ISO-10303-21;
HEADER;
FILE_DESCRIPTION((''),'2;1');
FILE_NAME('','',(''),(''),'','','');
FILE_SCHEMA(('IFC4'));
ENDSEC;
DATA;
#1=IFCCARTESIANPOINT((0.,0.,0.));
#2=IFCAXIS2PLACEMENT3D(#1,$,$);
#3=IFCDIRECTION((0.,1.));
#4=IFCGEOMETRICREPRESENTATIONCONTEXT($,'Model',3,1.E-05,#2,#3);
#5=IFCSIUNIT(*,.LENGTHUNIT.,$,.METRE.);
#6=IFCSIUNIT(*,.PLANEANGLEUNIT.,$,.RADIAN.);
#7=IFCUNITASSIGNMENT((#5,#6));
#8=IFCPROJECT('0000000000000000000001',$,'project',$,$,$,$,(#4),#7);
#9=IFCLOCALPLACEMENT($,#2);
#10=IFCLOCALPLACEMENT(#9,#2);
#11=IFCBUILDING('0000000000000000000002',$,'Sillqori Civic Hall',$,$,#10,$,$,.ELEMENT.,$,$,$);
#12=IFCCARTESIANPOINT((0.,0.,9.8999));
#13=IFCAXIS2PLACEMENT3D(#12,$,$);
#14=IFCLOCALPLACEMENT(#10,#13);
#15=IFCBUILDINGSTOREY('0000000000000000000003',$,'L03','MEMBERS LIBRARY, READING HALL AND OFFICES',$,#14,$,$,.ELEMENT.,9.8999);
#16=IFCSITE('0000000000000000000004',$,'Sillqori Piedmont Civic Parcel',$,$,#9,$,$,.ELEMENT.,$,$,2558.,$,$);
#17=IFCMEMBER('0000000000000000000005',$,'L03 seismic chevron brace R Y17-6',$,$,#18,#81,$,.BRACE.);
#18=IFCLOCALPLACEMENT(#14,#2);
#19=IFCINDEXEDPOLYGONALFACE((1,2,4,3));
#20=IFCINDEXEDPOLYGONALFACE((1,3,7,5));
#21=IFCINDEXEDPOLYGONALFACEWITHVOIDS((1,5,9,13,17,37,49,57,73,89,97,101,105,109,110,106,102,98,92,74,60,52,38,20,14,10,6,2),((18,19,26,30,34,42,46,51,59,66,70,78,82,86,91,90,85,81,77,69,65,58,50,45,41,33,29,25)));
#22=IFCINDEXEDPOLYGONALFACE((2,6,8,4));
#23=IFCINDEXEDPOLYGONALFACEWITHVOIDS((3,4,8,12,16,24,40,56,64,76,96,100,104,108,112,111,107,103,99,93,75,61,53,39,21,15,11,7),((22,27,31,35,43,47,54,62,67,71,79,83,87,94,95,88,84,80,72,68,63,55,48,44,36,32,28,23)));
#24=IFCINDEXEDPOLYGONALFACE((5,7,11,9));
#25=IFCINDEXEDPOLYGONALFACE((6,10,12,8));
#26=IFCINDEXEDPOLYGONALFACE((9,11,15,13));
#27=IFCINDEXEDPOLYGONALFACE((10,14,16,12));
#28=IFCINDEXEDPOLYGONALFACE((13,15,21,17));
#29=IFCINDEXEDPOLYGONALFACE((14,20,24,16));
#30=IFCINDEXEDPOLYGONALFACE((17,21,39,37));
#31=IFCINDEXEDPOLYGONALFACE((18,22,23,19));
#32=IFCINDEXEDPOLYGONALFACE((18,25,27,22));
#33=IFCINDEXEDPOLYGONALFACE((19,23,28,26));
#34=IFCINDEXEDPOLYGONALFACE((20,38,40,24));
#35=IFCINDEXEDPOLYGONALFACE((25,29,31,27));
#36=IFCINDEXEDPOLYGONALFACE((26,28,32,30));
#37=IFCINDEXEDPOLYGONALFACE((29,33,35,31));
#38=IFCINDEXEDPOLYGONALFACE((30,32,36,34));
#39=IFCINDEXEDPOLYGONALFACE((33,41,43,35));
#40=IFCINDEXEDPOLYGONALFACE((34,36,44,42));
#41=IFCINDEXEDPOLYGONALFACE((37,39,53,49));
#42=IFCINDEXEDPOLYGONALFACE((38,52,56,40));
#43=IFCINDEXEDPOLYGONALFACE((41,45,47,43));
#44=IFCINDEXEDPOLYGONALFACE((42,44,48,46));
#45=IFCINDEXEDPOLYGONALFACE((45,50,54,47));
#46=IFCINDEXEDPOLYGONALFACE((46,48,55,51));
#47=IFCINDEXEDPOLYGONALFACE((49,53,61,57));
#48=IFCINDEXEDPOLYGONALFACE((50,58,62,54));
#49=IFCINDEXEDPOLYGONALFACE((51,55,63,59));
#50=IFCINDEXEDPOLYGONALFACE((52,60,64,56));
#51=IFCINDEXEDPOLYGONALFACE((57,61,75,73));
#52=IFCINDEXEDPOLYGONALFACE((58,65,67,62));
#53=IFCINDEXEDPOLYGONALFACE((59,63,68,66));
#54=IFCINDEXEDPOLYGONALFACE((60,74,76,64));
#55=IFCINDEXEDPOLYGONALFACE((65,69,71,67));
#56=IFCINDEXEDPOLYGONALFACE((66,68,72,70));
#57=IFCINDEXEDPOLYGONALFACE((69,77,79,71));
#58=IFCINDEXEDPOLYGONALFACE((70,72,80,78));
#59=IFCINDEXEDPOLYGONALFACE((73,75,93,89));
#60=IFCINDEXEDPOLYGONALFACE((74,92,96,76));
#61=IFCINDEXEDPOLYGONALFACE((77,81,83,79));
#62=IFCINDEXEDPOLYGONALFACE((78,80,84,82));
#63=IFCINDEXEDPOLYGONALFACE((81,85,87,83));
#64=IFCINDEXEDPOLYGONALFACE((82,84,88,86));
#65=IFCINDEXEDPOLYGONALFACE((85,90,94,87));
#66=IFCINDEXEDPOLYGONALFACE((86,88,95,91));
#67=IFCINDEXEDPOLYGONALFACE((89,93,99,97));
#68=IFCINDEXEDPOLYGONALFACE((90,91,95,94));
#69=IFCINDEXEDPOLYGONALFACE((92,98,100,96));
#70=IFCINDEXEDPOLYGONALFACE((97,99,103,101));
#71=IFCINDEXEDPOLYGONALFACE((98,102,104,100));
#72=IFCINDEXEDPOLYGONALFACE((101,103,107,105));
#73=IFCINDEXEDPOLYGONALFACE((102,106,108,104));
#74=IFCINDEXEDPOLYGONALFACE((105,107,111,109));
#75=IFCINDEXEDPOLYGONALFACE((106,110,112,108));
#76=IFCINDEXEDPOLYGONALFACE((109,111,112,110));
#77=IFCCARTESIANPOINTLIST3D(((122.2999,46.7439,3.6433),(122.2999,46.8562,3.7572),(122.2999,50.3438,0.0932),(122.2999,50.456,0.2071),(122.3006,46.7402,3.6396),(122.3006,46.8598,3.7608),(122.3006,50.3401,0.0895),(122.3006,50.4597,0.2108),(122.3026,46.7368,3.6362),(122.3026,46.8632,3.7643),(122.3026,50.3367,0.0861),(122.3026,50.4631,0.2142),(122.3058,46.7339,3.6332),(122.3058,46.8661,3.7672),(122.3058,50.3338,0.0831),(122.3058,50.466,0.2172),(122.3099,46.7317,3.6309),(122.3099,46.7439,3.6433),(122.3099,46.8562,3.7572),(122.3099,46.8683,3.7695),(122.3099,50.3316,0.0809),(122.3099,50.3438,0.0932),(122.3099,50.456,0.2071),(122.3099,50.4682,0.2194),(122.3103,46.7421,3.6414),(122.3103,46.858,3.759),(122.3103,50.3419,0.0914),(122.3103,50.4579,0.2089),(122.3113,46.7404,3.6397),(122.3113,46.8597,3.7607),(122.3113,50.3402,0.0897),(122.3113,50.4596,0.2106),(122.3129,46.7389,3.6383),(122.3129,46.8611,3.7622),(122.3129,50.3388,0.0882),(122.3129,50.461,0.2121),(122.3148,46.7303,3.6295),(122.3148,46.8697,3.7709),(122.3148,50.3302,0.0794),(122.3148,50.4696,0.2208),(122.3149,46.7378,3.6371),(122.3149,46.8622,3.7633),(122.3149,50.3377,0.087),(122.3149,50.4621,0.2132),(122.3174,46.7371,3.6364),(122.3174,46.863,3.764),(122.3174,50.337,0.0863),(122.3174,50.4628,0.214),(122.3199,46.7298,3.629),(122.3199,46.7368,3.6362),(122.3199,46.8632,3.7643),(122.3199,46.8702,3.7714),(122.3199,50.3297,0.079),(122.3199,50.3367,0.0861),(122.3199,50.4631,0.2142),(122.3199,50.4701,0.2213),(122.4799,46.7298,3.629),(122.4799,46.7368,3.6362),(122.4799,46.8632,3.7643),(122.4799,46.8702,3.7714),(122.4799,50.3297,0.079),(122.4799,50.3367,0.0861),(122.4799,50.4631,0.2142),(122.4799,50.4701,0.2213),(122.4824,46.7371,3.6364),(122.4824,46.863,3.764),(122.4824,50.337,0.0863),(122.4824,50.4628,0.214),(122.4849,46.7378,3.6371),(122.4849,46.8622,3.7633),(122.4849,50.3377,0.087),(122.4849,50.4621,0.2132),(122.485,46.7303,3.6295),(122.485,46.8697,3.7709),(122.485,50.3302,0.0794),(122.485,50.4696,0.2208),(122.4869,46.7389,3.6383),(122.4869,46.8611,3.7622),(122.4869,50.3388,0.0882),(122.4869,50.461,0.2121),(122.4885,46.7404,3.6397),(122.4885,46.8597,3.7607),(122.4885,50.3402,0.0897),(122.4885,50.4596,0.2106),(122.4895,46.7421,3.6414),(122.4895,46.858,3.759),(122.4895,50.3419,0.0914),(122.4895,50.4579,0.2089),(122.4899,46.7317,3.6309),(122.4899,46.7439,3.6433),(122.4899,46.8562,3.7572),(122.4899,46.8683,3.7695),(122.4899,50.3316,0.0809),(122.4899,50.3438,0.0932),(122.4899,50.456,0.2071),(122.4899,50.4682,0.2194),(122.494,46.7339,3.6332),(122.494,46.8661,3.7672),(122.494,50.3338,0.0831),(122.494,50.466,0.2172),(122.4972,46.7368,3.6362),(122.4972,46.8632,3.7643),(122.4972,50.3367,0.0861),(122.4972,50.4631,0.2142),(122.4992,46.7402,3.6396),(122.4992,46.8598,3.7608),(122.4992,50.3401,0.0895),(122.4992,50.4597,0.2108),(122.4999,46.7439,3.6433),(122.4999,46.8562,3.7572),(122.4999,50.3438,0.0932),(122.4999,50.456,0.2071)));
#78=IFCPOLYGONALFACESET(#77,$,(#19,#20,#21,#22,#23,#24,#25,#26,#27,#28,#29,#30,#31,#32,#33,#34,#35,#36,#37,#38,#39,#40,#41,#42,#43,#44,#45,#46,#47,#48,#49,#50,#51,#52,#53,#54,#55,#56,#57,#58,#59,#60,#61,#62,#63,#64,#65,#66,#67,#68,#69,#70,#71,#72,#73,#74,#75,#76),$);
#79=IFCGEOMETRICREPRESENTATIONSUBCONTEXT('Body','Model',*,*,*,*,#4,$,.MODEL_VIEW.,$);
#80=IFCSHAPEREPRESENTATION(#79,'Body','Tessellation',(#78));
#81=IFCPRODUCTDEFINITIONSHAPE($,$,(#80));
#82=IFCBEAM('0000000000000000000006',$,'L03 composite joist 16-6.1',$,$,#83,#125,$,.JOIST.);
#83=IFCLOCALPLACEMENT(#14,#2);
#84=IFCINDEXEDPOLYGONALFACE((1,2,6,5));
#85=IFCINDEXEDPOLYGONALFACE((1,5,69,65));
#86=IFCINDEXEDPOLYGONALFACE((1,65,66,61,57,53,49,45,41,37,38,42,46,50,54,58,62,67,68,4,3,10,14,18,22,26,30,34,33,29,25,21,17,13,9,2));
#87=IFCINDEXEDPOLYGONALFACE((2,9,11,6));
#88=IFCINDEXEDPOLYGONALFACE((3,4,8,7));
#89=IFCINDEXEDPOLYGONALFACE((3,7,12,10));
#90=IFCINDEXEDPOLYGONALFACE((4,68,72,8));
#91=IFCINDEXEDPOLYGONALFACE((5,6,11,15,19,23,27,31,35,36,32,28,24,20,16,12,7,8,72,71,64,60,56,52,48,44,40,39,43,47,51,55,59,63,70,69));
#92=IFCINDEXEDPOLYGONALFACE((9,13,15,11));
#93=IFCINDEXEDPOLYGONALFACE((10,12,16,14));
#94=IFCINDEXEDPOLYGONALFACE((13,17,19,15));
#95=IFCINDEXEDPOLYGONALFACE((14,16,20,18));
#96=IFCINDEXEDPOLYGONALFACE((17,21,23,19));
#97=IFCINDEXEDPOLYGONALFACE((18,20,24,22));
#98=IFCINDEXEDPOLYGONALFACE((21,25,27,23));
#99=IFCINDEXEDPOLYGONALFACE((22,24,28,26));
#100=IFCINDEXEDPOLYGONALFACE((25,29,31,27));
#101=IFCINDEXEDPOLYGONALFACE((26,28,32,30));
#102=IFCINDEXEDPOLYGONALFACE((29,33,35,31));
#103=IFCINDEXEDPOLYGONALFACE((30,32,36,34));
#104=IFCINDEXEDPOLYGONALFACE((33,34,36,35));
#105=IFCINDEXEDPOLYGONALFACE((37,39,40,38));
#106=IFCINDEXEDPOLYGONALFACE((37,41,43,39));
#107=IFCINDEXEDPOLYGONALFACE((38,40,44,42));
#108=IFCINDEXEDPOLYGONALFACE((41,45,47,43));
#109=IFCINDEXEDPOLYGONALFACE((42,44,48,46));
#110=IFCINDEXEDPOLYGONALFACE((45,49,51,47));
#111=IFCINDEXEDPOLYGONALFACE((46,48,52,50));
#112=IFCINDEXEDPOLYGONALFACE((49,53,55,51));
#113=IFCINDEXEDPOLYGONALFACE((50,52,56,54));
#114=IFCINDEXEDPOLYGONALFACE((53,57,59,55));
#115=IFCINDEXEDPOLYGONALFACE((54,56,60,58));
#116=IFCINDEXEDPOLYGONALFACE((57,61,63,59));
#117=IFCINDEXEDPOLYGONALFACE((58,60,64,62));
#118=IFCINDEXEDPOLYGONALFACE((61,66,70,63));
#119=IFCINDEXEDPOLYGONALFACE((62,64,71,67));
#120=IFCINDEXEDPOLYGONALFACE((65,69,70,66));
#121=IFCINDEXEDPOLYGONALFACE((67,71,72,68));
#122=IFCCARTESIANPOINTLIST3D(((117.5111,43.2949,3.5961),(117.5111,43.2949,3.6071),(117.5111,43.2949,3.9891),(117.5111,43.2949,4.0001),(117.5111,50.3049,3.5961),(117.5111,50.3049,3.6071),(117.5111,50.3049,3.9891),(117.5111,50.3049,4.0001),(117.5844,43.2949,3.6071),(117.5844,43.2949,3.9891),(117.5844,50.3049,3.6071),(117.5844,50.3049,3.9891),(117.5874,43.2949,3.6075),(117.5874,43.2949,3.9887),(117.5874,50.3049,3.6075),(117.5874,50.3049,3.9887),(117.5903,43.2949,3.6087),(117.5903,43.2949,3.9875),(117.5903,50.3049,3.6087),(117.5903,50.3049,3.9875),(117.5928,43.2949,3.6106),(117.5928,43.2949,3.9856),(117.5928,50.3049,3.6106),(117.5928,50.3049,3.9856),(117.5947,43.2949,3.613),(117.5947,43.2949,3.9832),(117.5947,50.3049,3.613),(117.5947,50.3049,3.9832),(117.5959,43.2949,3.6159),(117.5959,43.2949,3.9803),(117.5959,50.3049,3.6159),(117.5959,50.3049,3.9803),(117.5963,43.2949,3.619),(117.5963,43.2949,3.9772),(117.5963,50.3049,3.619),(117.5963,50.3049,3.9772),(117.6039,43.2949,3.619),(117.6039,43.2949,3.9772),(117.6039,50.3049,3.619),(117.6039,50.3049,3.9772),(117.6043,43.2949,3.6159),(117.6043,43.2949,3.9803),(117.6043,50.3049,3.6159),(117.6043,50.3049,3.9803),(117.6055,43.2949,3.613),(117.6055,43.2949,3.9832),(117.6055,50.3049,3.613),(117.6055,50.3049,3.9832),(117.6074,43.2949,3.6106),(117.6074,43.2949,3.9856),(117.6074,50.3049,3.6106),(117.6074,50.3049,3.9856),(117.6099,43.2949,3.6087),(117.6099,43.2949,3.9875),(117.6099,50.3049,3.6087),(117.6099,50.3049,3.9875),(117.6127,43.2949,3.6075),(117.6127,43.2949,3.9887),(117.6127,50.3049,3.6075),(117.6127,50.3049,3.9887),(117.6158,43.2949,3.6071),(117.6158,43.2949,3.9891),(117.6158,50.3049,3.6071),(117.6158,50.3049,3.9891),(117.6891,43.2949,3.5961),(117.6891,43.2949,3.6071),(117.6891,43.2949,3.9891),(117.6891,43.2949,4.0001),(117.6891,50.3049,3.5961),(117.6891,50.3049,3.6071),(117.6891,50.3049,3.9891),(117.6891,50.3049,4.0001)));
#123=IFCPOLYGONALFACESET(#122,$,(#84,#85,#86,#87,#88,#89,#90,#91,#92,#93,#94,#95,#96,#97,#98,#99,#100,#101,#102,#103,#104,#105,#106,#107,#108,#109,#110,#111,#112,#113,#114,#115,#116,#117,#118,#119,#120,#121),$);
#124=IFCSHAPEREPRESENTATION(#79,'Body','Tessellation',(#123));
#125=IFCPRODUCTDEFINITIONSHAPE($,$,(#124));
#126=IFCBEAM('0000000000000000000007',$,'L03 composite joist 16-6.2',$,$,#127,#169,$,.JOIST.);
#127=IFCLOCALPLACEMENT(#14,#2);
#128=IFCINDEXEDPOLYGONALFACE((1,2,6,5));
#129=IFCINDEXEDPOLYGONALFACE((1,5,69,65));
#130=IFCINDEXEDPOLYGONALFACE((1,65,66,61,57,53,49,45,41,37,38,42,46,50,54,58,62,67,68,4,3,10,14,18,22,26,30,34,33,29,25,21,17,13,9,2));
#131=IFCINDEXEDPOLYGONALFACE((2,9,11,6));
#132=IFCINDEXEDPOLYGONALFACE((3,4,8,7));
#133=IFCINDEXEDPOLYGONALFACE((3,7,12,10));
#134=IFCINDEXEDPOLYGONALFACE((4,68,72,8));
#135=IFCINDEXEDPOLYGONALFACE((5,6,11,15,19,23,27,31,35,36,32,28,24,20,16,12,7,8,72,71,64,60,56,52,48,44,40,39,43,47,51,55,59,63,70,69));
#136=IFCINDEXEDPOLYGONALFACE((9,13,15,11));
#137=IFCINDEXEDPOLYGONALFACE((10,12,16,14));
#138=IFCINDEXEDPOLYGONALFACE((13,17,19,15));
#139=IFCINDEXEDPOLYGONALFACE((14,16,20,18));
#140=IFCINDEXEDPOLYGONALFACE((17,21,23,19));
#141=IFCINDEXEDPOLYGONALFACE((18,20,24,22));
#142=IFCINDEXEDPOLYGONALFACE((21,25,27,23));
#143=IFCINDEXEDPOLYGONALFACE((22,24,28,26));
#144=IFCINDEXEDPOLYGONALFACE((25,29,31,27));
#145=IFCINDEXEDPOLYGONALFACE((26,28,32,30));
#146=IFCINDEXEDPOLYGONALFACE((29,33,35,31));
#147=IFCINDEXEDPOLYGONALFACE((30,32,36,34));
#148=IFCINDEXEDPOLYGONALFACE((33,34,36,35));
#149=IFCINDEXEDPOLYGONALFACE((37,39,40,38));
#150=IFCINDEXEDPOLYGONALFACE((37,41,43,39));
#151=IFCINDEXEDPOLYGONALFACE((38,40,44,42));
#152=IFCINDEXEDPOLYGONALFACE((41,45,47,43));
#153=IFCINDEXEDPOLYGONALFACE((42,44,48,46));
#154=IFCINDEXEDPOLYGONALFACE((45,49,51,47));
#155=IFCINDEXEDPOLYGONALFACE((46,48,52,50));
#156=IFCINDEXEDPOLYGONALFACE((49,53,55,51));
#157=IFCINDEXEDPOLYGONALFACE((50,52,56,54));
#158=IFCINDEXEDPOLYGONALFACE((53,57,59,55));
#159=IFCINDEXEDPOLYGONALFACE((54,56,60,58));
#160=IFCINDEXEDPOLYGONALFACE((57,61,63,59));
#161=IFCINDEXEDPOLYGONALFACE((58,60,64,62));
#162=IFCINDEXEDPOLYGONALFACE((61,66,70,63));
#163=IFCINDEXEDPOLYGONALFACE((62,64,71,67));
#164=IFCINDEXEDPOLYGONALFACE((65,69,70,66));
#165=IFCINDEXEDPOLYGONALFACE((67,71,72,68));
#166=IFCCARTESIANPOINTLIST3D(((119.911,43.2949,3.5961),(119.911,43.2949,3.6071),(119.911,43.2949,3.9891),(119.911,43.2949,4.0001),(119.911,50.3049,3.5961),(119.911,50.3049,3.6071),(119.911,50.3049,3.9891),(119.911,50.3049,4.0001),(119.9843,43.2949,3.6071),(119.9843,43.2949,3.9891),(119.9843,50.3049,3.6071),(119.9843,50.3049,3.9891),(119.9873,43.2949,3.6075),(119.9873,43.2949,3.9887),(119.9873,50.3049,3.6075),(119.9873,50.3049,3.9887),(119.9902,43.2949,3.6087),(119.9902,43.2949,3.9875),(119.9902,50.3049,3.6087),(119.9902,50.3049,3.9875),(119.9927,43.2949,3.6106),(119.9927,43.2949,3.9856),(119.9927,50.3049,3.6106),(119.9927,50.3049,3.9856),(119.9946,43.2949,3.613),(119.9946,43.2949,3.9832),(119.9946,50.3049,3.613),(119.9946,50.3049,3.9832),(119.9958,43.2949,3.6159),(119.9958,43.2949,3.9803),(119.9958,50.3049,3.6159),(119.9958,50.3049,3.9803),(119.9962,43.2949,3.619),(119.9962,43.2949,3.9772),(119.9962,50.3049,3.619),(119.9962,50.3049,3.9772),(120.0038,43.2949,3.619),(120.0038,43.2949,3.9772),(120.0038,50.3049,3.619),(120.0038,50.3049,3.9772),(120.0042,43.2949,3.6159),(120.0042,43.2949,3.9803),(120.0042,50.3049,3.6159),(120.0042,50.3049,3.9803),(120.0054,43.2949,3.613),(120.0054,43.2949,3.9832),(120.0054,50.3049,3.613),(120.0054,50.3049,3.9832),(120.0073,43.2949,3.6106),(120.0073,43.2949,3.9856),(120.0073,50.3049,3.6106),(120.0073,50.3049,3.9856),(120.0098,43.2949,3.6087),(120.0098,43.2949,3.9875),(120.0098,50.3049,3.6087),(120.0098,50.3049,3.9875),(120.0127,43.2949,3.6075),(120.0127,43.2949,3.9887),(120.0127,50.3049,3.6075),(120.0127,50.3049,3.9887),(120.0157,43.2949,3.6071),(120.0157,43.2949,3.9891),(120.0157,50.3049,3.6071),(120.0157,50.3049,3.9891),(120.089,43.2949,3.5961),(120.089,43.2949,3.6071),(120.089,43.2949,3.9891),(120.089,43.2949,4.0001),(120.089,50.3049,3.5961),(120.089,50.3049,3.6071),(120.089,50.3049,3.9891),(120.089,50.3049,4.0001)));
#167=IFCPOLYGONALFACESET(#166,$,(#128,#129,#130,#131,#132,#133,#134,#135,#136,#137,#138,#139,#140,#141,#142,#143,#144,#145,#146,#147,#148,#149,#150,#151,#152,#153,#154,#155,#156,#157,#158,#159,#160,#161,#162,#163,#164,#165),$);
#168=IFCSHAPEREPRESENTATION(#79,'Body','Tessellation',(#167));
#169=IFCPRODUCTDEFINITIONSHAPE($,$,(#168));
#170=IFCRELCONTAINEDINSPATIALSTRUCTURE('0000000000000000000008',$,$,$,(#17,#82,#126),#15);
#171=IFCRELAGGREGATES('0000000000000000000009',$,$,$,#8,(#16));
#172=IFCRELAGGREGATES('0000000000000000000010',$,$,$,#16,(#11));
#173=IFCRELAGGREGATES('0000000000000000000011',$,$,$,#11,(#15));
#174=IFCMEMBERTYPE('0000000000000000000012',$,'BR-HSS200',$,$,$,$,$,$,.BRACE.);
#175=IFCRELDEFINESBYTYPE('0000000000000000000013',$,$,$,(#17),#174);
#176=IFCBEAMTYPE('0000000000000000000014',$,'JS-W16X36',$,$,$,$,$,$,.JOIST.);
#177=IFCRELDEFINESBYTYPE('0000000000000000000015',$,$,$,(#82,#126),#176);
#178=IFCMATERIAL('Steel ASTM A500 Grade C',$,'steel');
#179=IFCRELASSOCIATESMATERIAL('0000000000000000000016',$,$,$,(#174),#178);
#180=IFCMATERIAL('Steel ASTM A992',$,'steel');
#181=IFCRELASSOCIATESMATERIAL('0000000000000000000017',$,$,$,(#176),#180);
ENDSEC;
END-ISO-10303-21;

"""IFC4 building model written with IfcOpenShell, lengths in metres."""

from ifc_helpers import new_model, si_unit, direction, frame, origin, origin_2d, place, context, subcontext, project, spatial, hollow_rectangle, i_section, extrude, material, material_profile, profile_set, type_object, element, save


model = new_model("IFC4")

# Units and contexts
model_context = context("Model", 3, precision=1e-05, world=origin(), true_north=direction((0.0, 1.0)))
body_context = subcontext(model_context, "Body", "Model", "MODEL_VIEW")
ifc_project = project(units=[si_unit("LENGTHUNIT", "METRE"), si_unit("PLANEANGLEUNIT", "RADIAN")], contexts=[model_context])

# Site, building, storey
site_placement = place(None, origin())
site = spatial("IfcSite", under=ifc_project, at=site_placement, Name="Sillqori Piedmont Civic Parcel", CompositionType="ELEMENT", RefElevation=2558.0)
building_placement = place(site_placement, origin())
building = spatial("IfcBuilding", under=site, at=building_placement, Name="Sillqori Civic Hall", CompositionType="ELEMENT")
storey_placement = place(building_placement, frame((0.0, 0.0, 9.8999)))
storey = spatial("IfcBuildingStorey", under=building, at=storey_placement, Name="L03", Description="MEMBERS LIBRARY, READING HALL AND OFFICES", CompositionType="ELEMENT", Elevation=9.8999)

# Shared definitions
ifc_material_1 = material(Name="Steel ASTM A992", Category="steel")

# Member
ifc_material_2 = material(Name="Steel ASTM A500 Grade C", Category="steel")
ifc_material_profile_1 = material_profile(ifc_material_2, hollow_rectangle(XDim=0.2, YDim=0.2, WallThickness=0.01, InnerFilletRadius=0.01, OuterFilletRadius=0.02, at=origin_2d()), Name="HSS200X200X10")
ifc_profile_set_1 = profile_set([ifc_material_profile_1], Name="Steel ASTM A500 Grade C")
member_type_1 = type_object("IfcMemberType", Name="BR-HSS200", PredefinedType="BRACE", material=ifc_profile_set_1)
member_1_placement = place(storey_placement, frame((122.3999, 50.3999, 0.1501), z_axis=(0.0, -0.712015, 0.702164), x_axis=(1.0, 0.0, 0.0)))
element("IfcMember", 1, at=member_1_placement, inside=storey, type_object=member_type_1, Name="L03 seismic chevron brace R Y17-6", PredefinedType="BRACE", context=body_context, shape_type="SweptSolid", body=[
    extrude(hollow_rectangle(XDim=0.2, YDim=0.2, WallThickness=0.01, InnerFilletRadius=0.01, OuterFilletRadius=0.02, at=origin_2d()), origin(), (0.0, 0.0, 1.0), 5.0559),
])

# Beams
ifc_material_profile_2 = material_profile(ifc_material_1, i_section(OverallWidth=0.178, OverallDepth=0.4041, WebThickness=0.0076, FlangeThickness=0.011, FilletRadius=0.012, at=origin_2d()), Name="W16X36")
ifc_profile_set_2 = profile_set([ifc_material_profile_2], Name="Steel ASTM A992")
beam_type_1 = type_object("IfcBeamType", Name="JS-W16X36", PredefinedType="JOIST", material=ifc_profile_set_2)
for number, where, z_axis, x_axis, name in (
    (2, (117.6001, 43.2949, 3.7981), (0.0, 1.0, 0.0), (-1.0, 0.0, 0.0), "L03 composite joist 16-6.1"),
    (3, (120.0, 43.2949, 3.7981), (0.0, 1.0, 0.0), (-1.0, 0.0, 0.0), "L03 composite joist 16-6.2"),
):
    element("IfcBeam", number, at=place(storey_placement, frame(where, z_axis=z_axis, x_axis=x_axis)), inside=storey, type_object=beam_type_1, Name=name, PredefinedType="JOIST", context=body_context, shape_type="SweptSolid", body=[
        extrude(i_section(OverallWidth=0.178, OverallDepth=0.4041, WebThickness=0.0076, FlangeThickness=0.011, FilletRadius=0.012, at=origin_2d()), origin(), (0.0, 0.0, 1.0), 7.01),
    ])

save(model, "model.ifc")
